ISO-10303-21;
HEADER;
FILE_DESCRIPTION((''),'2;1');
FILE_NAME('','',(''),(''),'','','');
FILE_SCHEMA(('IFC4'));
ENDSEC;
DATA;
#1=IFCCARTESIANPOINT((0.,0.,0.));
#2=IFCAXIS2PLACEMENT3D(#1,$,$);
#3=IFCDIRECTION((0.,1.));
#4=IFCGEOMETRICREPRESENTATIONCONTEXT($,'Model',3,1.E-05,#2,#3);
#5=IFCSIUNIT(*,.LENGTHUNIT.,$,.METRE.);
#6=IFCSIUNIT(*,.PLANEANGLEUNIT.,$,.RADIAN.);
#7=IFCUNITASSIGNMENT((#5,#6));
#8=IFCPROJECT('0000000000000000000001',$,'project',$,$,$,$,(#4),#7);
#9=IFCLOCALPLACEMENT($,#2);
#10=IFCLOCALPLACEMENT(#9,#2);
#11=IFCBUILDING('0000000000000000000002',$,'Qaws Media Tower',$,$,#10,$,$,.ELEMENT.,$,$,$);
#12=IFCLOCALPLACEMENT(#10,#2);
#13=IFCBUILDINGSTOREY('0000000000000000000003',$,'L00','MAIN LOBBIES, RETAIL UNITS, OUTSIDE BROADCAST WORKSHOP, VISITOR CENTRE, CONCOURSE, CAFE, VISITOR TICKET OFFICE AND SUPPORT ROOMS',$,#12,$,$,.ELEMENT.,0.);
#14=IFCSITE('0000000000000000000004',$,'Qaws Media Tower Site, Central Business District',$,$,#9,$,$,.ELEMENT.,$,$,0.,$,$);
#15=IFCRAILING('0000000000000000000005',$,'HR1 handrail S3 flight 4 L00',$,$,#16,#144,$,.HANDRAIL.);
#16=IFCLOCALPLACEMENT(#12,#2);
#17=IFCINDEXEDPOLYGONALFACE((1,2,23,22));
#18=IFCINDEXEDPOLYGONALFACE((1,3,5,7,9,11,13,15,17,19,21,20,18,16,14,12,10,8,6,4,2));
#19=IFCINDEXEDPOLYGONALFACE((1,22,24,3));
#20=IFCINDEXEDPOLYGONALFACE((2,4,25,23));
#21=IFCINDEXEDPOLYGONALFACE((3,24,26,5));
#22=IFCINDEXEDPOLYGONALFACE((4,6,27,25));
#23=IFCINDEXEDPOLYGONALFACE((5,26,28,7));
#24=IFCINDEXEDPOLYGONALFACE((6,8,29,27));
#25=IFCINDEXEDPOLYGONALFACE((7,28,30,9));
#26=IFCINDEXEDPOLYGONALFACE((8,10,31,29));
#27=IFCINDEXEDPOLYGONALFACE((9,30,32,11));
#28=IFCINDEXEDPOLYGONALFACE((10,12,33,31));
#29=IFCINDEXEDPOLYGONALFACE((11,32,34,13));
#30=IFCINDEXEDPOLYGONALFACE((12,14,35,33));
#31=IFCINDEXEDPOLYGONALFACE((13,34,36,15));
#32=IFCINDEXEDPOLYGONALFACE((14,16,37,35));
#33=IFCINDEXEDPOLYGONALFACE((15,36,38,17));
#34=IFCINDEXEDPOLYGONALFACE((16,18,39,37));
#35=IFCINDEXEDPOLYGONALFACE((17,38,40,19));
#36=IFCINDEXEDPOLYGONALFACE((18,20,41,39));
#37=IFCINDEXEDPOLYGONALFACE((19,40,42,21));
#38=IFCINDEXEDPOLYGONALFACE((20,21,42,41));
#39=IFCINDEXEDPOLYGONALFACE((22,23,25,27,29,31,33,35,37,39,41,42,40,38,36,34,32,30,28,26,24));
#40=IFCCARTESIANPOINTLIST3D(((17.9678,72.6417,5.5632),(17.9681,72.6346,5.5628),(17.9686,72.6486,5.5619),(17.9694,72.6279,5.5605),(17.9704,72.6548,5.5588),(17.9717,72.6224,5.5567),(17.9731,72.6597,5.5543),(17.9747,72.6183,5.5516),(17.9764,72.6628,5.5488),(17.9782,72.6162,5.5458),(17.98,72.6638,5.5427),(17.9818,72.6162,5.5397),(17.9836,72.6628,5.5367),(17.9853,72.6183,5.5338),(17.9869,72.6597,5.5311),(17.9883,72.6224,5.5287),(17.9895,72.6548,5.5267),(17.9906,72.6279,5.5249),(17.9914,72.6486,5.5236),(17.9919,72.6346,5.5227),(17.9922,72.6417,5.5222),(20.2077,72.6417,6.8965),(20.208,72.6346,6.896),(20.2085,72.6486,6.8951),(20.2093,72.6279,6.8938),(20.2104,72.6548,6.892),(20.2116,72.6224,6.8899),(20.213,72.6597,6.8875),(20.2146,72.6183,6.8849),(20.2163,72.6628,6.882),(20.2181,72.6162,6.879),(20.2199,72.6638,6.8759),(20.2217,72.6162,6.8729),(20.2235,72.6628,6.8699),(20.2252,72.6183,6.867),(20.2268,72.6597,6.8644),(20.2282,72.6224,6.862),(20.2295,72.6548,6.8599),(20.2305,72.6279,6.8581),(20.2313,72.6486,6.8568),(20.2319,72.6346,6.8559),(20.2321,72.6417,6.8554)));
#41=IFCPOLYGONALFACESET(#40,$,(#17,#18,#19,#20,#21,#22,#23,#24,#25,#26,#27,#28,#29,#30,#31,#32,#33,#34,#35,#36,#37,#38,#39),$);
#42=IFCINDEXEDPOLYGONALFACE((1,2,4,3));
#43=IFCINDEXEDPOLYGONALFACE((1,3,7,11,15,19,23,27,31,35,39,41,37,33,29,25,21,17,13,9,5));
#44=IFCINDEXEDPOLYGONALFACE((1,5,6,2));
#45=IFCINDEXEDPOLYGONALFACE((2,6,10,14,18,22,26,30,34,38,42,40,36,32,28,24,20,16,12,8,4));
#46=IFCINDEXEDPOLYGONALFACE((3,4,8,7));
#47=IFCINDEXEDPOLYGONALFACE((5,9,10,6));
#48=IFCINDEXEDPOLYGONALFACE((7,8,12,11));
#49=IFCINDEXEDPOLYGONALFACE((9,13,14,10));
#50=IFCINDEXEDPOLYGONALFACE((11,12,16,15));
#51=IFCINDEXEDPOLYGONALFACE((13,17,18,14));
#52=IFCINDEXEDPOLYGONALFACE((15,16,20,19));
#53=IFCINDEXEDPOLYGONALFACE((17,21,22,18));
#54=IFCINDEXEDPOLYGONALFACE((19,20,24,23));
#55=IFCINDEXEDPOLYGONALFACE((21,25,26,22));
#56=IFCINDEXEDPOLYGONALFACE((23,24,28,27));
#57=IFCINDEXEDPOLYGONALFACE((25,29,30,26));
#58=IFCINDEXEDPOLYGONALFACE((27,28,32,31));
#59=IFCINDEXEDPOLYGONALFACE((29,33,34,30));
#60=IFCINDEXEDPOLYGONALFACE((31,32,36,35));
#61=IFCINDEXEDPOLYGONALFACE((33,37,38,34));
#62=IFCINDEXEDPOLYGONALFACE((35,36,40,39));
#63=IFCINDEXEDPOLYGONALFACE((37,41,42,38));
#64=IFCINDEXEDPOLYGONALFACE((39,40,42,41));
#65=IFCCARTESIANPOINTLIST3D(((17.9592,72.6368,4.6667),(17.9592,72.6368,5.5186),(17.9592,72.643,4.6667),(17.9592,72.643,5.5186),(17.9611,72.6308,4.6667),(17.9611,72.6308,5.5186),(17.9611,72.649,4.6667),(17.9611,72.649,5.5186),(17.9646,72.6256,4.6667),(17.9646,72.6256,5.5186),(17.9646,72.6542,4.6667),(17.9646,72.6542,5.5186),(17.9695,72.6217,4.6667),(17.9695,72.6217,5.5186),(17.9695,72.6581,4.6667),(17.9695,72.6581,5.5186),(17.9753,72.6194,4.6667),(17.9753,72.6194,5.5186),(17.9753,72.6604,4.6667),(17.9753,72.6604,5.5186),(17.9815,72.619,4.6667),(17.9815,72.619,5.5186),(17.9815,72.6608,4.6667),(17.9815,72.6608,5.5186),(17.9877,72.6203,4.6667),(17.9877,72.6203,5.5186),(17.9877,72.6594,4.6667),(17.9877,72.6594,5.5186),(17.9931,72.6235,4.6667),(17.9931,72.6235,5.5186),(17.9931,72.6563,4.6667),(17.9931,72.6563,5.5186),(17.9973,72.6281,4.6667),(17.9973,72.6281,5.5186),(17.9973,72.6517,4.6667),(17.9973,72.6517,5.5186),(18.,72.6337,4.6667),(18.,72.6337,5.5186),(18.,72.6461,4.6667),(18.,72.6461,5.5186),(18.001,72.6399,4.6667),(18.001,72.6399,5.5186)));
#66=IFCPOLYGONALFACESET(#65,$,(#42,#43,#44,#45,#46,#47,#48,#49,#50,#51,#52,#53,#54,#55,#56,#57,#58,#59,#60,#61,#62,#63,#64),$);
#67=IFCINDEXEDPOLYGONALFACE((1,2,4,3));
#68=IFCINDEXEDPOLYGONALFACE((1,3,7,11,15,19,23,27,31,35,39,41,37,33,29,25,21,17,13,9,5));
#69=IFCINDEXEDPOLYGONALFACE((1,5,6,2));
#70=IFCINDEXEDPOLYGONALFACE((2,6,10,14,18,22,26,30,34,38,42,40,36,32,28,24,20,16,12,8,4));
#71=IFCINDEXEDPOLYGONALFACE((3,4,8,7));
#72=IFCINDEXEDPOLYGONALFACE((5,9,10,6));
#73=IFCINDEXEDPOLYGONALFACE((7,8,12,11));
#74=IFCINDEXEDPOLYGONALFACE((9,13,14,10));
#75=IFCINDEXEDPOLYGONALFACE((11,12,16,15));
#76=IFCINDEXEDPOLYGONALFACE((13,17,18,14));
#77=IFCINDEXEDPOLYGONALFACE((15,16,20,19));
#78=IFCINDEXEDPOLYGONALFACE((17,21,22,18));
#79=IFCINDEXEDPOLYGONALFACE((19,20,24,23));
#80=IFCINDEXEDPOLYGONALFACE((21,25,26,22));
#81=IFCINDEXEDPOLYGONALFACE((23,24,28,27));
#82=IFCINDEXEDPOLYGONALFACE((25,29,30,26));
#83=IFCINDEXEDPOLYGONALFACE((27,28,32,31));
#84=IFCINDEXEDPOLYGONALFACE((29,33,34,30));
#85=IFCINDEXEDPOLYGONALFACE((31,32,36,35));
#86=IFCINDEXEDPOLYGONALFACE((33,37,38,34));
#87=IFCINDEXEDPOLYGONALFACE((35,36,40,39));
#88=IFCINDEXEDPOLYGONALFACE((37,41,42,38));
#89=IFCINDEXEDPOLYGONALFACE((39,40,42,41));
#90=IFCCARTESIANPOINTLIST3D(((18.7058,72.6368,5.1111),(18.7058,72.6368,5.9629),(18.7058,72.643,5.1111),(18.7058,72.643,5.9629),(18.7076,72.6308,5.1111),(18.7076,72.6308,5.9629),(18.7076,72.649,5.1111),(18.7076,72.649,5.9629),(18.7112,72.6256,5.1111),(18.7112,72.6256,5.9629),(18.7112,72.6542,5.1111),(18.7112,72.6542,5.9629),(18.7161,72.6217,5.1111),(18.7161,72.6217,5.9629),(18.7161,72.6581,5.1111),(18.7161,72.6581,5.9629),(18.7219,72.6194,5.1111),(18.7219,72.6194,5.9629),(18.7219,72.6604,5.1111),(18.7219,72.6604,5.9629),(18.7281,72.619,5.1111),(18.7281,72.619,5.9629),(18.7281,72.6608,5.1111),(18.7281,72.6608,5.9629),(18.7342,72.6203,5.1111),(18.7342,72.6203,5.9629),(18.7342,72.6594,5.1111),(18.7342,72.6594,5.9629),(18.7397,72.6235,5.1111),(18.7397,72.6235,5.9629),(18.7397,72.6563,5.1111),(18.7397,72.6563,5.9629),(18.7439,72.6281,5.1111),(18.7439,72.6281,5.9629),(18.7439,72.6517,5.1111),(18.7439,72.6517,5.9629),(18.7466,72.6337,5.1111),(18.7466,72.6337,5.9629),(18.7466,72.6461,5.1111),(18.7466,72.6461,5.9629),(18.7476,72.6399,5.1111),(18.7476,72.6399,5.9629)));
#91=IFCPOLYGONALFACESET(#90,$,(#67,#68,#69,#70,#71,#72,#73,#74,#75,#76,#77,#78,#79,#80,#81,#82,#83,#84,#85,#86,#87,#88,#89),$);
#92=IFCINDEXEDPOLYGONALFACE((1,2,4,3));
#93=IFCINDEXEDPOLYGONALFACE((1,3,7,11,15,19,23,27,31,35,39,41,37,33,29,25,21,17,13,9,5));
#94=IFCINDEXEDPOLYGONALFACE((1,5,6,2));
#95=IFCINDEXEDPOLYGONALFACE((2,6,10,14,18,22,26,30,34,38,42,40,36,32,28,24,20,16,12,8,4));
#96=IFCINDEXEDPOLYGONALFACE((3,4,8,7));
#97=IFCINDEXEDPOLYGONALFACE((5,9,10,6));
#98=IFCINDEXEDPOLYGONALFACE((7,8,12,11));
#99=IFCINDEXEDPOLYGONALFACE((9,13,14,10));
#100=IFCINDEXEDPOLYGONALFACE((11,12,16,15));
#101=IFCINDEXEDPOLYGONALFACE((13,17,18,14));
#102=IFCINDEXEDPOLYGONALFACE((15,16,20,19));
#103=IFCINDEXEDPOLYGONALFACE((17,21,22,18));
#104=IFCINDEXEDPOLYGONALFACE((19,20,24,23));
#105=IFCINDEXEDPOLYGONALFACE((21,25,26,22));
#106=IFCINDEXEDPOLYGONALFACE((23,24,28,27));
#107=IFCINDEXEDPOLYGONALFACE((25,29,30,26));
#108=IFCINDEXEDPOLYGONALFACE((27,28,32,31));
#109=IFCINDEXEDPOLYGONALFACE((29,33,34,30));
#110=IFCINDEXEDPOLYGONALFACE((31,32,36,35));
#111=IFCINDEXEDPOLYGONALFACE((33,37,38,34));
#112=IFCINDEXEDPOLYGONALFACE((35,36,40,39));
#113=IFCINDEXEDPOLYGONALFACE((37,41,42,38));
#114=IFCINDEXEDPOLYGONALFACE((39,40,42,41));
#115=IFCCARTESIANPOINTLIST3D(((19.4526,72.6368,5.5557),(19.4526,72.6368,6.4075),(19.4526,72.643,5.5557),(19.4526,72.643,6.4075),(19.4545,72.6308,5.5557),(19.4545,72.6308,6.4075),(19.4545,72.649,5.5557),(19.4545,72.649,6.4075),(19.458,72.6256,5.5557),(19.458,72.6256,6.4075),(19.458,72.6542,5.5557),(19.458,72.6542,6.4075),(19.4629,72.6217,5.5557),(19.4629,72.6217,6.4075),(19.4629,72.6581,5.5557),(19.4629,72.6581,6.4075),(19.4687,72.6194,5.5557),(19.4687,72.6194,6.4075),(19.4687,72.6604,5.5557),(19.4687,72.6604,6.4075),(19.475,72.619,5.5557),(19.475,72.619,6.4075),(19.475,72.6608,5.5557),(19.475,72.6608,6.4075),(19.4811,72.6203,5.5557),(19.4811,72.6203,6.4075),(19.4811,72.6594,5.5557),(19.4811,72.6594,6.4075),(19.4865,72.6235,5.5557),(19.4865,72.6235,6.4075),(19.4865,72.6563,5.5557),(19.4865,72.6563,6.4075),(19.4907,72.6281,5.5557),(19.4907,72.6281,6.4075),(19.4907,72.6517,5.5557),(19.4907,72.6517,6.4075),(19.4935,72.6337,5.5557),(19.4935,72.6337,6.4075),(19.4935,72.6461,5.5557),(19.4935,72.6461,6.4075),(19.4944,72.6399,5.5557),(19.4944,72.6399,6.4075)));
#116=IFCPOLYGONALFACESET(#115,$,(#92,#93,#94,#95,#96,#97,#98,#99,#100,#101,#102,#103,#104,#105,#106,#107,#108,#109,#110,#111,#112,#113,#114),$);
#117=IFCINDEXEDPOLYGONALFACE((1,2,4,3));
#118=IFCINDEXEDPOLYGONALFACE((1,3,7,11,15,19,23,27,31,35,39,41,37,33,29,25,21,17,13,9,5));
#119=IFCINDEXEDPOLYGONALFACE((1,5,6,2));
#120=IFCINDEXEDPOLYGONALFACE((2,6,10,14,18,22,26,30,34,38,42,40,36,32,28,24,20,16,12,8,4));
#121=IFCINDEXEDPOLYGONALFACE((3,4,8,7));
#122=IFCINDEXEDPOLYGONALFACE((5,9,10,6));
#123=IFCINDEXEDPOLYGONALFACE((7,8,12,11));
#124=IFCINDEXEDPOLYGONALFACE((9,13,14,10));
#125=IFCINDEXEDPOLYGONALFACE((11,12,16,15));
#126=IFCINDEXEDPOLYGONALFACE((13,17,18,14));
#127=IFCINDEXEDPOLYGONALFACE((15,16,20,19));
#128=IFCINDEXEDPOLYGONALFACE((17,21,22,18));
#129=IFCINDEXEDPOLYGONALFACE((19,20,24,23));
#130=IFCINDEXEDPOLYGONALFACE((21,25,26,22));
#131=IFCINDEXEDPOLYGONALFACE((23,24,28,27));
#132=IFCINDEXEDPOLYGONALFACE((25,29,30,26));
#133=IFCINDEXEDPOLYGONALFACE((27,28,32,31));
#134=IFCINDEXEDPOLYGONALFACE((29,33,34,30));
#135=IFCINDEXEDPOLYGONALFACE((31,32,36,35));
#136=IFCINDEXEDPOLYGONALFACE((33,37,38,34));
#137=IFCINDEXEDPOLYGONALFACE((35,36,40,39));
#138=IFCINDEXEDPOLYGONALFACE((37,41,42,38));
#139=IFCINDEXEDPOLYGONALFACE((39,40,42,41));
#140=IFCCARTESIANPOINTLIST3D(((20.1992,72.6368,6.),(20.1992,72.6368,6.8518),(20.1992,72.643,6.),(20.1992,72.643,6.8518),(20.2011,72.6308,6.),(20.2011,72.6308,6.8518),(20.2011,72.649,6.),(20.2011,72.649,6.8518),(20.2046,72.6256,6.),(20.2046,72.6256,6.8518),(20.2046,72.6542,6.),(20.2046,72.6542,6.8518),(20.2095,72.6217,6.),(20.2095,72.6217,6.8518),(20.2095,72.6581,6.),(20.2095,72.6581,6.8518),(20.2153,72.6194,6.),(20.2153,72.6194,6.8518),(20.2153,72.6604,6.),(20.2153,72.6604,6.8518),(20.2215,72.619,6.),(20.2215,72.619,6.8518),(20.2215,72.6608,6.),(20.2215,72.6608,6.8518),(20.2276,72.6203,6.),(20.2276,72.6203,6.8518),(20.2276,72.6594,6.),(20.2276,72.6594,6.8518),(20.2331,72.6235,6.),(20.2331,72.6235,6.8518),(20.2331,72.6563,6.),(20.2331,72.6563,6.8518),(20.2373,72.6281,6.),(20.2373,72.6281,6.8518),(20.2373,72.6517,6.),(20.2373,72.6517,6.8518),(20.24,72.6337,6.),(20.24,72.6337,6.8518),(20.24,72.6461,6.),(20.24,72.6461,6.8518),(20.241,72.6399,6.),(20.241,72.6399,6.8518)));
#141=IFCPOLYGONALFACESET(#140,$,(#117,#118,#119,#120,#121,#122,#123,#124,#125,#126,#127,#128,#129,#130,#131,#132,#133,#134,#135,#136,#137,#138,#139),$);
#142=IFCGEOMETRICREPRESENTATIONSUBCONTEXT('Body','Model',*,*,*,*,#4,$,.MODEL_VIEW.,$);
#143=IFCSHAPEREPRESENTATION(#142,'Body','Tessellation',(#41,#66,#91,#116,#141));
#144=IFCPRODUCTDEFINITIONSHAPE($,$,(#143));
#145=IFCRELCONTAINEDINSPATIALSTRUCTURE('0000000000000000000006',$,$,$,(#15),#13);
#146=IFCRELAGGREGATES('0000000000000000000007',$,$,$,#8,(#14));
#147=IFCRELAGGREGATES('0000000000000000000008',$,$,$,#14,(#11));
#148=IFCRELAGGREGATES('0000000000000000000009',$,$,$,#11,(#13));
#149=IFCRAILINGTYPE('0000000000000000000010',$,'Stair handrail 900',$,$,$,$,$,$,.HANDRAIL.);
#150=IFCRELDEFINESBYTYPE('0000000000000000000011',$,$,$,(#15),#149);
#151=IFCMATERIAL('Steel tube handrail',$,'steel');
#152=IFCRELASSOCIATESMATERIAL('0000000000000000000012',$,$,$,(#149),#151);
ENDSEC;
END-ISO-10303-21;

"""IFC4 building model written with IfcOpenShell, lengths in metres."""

from ifc_helpers import new_model, si_unit, direction, frame, origin, origin_2d, place, context, subcontext, project, spatial, circle, extrude, material, type_object, element, save


model = new_model("IFC4")

# Units and contexts
model_context = context("Model", 3, precision=1e-05, world=origin(), true_north=direction((0.0, 1.0)))
body_context = subcontext(model_context, "Body", "Model", "MODEL_VIEW")
ifc_project = project(units=[si_unit("LENGTHUNIT", "METRE"), si_unit("PLANEANGLEUNIT", "RADIAN")], contexts=[model_context])

# Site, building, storey
site_placement = place(None, origin())
site = spatial("IfcSite", under=ifc_project, at=site_placement, Name="Qaws Media Tower Site, Central Business District", CompositionType="ELEMENT", RefElevation=0.0)
building_placement = place(site_placement, origin())
building = spatial("IfcBuilding", under=site, at=building_placement, Name="Qaws Media Tower", CompositionType="ELEMENT")
storey_placement = place(building_placement, origin())
storey = spatial("IfcBuildingStorey", under=building, at=storey_placement, Name="L00", Description="MAIN LOBBIES, RETAIL UNITS, OUTSIDE BROADCAST WORKSHOP, VISITOR CENTRE, CONCOURSE, CAFE, VISITOR TICKET OFFICE AND SUPPORT ROOMS", CompositionType="ELEMENT", Elevation=0.0)

# Railing
ifc_material_1 = material(Name="Steel tube handrail", Category="steel")
railing_type = type_object("IfcRailingType", Name="Stair handrail 900", PredefinedType="HANDRAIL", material=ifc_material_1)
for number, where, name in (
    (1, (17.98, 72.6399, 4.6667), "HR1 handrail S3 flight 4 L00"),
):
    element("IfcRailing", number, at=place(storey_placement, frame(where)), inside=storey, type_object=railing_type, Name=name, PredefinedType="HANDRAIL", context=body_context, shape_type="SweptSolid", body=[
        extrude(circle(Radius=0.0239, at=origin_2d()), frame((0.0, 0.0, 0.876), z_axis=(0.859306, 0.0, 0.511462), x_axis=(0.0, 1.0, 0.0)), (0.0, 0.0, 1.0), 2.6067),
        extrude(circle(Radius=0.021, at=origin_2d()), origin(), (0.0, 0.0, 1.0), 0.8518),
        extrude(circle(Radius=0.021, at=origin_2d()), frame((0.7466, 0.0, 0.4443)), (0.0, 0.0, 1.0), 0.8518),
        extrude(circle(Radius=0.021, at=origin_2d()), frame((1.4934, 0.0, 0.8889)), (0.0, 0.0, 1.0), 0.8518),
        extrude(circle(Radius=0.021, at=origin_2d()), frame((2.24, 0.0, 1.3333)), (0.0, 0.0, 1.0), 0.8518),
    ])

save(model, "model.ifc")
